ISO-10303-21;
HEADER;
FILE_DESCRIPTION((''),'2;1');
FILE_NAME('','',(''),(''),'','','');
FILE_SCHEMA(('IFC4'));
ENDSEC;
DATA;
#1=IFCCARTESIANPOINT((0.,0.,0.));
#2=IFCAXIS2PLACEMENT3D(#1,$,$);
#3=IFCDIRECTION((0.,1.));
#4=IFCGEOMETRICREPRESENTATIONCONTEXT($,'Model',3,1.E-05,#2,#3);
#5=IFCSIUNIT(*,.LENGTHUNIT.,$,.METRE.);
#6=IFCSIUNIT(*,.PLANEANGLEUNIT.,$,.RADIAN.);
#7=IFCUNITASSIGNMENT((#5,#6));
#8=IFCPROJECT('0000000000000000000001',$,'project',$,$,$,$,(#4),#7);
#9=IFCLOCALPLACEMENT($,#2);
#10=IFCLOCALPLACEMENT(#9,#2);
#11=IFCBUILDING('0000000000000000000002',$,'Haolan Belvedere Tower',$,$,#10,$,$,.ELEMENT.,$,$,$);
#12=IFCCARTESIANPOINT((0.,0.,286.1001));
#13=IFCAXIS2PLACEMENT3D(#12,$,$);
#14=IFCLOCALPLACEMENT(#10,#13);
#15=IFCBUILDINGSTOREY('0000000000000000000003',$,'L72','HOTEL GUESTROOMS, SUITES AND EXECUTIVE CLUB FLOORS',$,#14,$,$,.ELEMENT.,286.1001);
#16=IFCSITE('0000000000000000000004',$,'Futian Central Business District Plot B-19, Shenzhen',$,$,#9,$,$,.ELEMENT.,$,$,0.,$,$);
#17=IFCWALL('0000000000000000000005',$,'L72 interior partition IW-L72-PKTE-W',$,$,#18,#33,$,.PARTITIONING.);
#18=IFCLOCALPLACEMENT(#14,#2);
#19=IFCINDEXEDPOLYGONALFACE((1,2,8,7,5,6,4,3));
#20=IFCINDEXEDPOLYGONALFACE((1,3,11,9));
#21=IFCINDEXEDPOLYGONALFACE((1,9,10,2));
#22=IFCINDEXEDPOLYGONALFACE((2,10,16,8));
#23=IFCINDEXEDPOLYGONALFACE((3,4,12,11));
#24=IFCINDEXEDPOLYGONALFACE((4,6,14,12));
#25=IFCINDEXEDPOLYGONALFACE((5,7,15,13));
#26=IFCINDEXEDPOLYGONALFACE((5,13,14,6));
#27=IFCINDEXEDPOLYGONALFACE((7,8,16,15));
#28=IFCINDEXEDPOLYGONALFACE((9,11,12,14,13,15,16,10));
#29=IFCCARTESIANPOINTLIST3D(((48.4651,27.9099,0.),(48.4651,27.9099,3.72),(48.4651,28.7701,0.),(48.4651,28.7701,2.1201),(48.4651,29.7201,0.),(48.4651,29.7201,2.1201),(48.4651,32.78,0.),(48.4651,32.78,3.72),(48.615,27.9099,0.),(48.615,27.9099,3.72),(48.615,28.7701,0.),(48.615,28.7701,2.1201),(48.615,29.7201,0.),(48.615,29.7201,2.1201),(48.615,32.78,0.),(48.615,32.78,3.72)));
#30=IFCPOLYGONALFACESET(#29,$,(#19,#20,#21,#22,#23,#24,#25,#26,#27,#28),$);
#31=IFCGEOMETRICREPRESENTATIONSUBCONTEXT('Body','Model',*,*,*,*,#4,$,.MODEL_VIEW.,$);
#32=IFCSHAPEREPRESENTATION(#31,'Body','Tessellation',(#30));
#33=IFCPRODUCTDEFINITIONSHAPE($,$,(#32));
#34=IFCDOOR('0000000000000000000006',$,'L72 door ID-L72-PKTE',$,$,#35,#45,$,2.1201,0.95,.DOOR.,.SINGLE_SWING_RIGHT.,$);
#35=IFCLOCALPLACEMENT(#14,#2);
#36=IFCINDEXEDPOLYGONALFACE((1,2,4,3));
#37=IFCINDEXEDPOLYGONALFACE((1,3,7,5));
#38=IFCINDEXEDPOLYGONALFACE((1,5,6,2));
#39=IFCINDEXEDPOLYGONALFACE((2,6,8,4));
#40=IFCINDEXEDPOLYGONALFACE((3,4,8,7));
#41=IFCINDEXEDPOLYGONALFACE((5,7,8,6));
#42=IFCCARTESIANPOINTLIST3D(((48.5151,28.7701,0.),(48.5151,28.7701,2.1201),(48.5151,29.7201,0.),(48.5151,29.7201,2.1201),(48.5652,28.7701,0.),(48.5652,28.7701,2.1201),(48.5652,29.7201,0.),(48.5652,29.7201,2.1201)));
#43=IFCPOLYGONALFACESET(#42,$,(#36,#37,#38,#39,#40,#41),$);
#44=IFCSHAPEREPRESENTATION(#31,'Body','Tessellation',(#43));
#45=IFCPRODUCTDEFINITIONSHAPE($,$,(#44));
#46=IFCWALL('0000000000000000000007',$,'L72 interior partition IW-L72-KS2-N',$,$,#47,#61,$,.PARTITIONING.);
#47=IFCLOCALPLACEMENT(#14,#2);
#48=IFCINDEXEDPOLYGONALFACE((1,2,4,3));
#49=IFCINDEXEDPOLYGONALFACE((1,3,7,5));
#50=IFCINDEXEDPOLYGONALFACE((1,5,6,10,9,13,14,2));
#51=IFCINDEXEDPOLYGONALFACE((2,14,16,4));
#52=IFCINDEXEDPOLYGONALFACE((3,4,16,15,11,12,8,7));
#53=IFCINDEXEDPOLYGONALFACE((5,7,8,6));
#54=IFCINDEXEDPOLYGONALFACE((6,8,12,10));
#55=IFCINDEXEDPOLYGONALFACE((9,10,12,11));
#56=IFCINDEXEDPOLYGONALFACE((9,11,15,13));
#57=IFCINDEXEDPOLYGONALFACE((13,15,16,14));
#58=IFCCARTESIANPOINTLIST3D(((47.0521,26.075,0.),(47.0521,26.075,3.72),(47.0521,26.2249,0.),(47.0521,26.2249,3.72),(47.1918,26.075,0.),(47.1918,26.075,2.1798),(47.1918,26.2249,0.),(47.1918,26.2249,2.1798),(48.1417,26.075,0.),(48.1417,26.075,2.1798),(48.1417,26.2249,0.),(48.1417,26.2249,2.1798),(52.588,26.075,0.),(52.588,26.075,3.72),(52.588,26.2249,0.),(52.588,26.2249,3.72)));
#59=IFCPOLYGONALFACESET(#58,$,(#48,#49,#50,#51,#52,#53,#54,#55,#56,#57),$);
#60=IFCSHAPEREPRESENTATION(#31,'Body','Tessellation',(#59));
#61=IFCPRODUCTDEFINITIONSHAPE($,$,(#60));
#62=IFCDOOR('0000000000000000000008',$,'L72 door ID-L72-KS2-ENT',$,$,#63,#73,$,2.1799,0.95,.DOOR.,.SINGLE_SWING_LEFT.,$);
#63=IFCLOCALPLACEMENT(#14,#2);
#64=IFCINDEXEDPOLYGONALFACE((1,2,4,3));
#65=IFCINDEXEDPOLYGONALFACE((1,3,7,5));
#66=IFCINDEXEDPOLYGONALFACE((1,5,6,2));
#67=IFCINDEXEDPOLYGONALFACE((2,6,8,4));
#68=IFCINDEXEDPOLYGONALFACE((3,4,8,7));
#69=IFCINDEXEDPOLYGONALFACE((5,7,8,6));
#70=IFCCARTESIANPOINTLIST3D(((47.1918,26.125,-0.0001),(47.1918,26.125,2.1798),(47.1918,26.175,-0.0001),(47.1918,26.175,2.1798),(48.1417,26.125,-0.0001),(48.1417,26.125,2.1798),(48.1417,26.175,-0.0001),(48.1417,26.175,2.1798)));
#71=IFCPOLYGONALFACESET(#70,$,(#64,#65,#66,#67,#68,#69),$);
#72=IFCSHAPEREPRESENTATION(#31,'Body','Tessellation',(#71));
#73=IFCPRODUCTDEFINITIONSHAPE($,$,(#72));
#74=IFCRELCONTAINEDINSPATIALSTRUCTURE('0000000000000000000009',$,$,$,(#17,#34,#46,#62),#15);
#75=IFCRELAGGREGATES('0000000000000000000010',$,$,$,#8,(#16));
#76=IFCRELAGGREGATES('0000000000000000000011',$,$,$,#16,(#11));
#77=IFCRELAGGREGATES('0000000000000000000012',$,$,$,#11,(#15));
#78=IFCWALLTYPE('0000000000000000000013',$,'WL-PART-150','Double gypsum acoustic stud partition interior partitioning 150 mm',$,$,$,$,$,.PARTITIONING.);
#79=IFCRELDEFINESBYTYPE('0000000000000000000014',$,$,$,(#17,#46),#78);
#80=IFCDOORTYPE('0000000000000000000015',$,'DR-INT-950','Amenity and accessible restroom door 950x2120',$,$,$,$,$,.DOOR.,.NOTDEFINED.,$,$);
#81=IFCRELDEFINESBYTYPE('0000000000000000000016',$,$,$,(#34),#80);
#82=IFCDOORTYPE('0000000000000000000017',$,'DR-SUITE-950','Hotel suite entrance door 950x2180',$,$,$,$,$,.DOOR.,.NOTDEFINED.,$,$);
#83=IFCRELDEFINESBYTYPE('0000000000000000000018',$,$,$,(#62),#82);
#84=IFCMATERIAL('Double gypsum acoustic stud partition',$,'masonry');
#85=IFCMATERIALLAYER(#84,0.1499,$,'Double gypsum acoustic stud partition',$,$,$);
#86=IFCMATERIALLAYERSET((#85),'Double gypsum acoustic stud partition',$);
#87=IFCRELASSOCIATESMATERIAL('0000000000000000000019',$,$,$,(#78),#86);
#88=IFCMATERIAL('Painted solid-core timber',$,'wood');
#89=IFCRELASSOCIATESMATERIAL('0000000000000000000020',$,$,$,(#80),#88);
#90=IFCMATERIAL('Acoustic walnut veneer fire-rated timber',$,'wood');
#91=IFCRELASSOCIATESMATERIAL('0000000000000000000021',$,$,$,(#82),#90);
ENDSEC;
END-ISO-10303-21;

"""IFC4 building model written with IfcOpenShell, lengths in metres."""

from ifc_helpers import new_model, si_unit, direction, frame, frame_2d, origin, place, context, subcontext, project, spatial, rectangle, extrude, material, layer, layer_set, type_object, element, fill, save


model = new_model("IFC4")

# Units and contexts
model_context = context("Model", 3, precision=1e-05, world=origin(), true_north=direction((0.0, 1.0)))
body_context = subcontext(model_context, "Body", "Model", "MODEL_VIEW")
ifc_project = project(units=[si_unit("LENGTHUNIT", "METRE"), si_unit("PLANEANGLEUNIT", "RADIAN")], contexts=[model_context])

# Site, building, storey
site_placement = place(None, origin())
site = spatial("IfcSite", under=ifc_project, at=site_placement, Name="Futian Central Business District Plot B-19, Shenzhen", CompositionType="ELEMENT", RefElevation=0.0)
building_placement = place(site_placement, origin())
building = spatial("IfcBuilding", under=site, at=building_placement, Name="Haolan Belvedere Tower", CompositionType="ELEMENT")
storey_placement = place(building_placement, frame((0.0, 0.0, 286.1001)))
storey = spatial("IfcBuildingStorey", under=building, at=storey_placement, Name="L72", Description="HOTEL GUESTROOMS, SUITES AND EXECUTIVE CLUB FLOORS", CompositionType="ELEMENT", Elevation=286.1001)

# Shared definitions
ifc_material_1 = material(Name="Double gypsum acoustic stud partition", Category="masonry")
ifc_layer_1 = layer(ifc_material_1, 0.1499, Name="Double gypsum acoustic stud partition")
ifc_layer_set_1 = layer_set([ifc_layer_1], Name="Double gypsum acoustic stud partition")
wall_type_1 = type_object("IfcWallType", Name="WL-PART-150", Description="Double gypsum acoustic stud partition interior partitioning 150 mm", PredefinedType="PARTITIONING", material=ifc_layer_set_1)

# Walls, openings, doors
wall_1_placement = place(storey_placement, frame((48.54, 27.9099, 0.0), z_axis=(0.0, 0.0, 1.0), x_axis=(0.0, 1.0, 0.0)))
wall_1 = element("IfcWall", 1, at=wall_1_placement, inside=storey, type_object=wall_type_1, Name="L72 interior partition IW-L72-PKTE-W", PredefinedType="PARTITIONING", context=body_context, shape_type="SweptSolid", body=[
    extrude(rectangle(XDim=4.8701, YDim=0.1499, at=frame_2d((2.4351, 0.0))), origin(), (0.0, 0.0, 1.0), 3.72),
])
opening_1_placement = place(wall_1_placement, frame((0.8601, 0.0, 0.0)))
opening_1 = element("IfcOpeningElement", 2, at=opening_1_placement, cuts=wall_1, PredefinedType="OPENING", context=body_context, shape_type="SweptSolid", body=[
    extrude(rectangle(XDim=0.95, YDim=2.1201, at=frame_2d((0.4751, 1.0601))), frame((0.0, 0.085, 0.0), z_axis=(0.0, -1.0, 0.0), x_axis=(1.0, 0.0, 0.0)), (0.0, 0.0, 1.0), 0.1699),
])
ifc_material_2 = material(Name="Painted solid-core timber", Category="wood")
door_type_1 = type_object("IfcDoorType", Name="DR-INT-950", Description="Amenity and accessible restroom door 950x2120", OperationType="NOTDEFINED", PredefinedType="DOOR", material=ifc_material_2)
door_1_placement = place(opening_1_placement, origin())
door_1 = element("IfcDoor", 3, at=door_1_placement, inside=storey, type_object=door_type_1, Name="L72 door ID-L72-PKTE", OperationType="SINGLE_SWING_RIGHT", OverallHeight=2.1201, OverallWidth=0.95, PredefinedType="DOOR", context=body_context, shape_type="SweptSolid", body=[
    extrude(rectangle(XDim=0.95, YDim=2.1201, at=frame_2d((0.4751, 1.0601))), frame((0.0, 0.0249, 0.0), z_axis=(0.0, -1.0, 0.0), x_axis=(1.0, 0.0, 0.0)), (0.0, 0.0, 1.0), 0.05),
])
fill(opening_1, door_1)
wall_2_placement = place(storey_placement, frame((47.052, 26.1499, 0.0), z_axis=(0.0, 0.0, 1.0), x_axis=(1.0, 0.0, 0.0)))
wall_2 = element("IfcWall", 4, at=wall_2_placement, inside=storey, type_object=wall_type_1, Name="L72 interior partition IW-L72-KS2-N", PredefinedType="PARTITIONING", context=body_context, shape_type="SweptSolid", body=[
    extrude(rectangle(XDim=5.5359, YDim=0.1499, at=frame_2d((2.7681, 0.0))), origin(), (0.0, 0.0, 1.0), 3.72),
])
opening_2_placement = place(wall_2_placement, frame((1.0898, 0.0, 0.0), z_axis=(0.0, 0.0, 1.0), x_axis=(-1.0, 0.0, 0.0)))
opening_2 = element("IfcOpeningElement", 5, at=opening_2_placement, cuts=wall_2, PredefinedType="OPENING", context=body_context, shape_type="SweptSolid", body=[
    extrude(rectangle(XDim=0.95, YDim=2.1799, at=frame_2d((0.4751, 1.0898))), frame((0.0, 0.085, 0.0), z_axis=(0.0, -1.0, 0.0), x_axis=(1.0, 0.0, 0.0)), (0.0, 0.0, 1.0), 0.1699),
])
ifc_material_3 = material(Name="Acoustic walnut veneer fire-rated timber", Category="wood")
door_type_2 = type_object("IfcDoorType", Name="DR-SUITE-950", Description="Hotel suite entrance door 950x2180", OperationType="NOTDEFINED", PredefinedType="DOOR", material=ifc_material_3)
door_2_placement = place(opening_2_placement, origin())
door_2 = element("IfcDoor", 6, at=door_2_placement, inside=storey, type_object=door_type_2, Name="L72 door ID-L72-KS2-ENT", OperationType="SINGLE_SWING_LEFT", OverallHeight=2.1799, OverallWidth=0.95, PredefinedType="DOOR", context=body_context, shape_type="SweptSolid", body=[
    extrude(rectangle(XDim=0.95, YDim=2.1799, at=frame_2d((0.4751, 1.0898))), frame((0.0, 0.0249, 0.0), z_axis=(0.0, -1.0, 0.0), x_axis=(1.0, 0.0, 0.0)), (0.0, 0.0, 1.0), 0.05),
])
fill(opening_2, door_2)

save(model, "model.ifc")
